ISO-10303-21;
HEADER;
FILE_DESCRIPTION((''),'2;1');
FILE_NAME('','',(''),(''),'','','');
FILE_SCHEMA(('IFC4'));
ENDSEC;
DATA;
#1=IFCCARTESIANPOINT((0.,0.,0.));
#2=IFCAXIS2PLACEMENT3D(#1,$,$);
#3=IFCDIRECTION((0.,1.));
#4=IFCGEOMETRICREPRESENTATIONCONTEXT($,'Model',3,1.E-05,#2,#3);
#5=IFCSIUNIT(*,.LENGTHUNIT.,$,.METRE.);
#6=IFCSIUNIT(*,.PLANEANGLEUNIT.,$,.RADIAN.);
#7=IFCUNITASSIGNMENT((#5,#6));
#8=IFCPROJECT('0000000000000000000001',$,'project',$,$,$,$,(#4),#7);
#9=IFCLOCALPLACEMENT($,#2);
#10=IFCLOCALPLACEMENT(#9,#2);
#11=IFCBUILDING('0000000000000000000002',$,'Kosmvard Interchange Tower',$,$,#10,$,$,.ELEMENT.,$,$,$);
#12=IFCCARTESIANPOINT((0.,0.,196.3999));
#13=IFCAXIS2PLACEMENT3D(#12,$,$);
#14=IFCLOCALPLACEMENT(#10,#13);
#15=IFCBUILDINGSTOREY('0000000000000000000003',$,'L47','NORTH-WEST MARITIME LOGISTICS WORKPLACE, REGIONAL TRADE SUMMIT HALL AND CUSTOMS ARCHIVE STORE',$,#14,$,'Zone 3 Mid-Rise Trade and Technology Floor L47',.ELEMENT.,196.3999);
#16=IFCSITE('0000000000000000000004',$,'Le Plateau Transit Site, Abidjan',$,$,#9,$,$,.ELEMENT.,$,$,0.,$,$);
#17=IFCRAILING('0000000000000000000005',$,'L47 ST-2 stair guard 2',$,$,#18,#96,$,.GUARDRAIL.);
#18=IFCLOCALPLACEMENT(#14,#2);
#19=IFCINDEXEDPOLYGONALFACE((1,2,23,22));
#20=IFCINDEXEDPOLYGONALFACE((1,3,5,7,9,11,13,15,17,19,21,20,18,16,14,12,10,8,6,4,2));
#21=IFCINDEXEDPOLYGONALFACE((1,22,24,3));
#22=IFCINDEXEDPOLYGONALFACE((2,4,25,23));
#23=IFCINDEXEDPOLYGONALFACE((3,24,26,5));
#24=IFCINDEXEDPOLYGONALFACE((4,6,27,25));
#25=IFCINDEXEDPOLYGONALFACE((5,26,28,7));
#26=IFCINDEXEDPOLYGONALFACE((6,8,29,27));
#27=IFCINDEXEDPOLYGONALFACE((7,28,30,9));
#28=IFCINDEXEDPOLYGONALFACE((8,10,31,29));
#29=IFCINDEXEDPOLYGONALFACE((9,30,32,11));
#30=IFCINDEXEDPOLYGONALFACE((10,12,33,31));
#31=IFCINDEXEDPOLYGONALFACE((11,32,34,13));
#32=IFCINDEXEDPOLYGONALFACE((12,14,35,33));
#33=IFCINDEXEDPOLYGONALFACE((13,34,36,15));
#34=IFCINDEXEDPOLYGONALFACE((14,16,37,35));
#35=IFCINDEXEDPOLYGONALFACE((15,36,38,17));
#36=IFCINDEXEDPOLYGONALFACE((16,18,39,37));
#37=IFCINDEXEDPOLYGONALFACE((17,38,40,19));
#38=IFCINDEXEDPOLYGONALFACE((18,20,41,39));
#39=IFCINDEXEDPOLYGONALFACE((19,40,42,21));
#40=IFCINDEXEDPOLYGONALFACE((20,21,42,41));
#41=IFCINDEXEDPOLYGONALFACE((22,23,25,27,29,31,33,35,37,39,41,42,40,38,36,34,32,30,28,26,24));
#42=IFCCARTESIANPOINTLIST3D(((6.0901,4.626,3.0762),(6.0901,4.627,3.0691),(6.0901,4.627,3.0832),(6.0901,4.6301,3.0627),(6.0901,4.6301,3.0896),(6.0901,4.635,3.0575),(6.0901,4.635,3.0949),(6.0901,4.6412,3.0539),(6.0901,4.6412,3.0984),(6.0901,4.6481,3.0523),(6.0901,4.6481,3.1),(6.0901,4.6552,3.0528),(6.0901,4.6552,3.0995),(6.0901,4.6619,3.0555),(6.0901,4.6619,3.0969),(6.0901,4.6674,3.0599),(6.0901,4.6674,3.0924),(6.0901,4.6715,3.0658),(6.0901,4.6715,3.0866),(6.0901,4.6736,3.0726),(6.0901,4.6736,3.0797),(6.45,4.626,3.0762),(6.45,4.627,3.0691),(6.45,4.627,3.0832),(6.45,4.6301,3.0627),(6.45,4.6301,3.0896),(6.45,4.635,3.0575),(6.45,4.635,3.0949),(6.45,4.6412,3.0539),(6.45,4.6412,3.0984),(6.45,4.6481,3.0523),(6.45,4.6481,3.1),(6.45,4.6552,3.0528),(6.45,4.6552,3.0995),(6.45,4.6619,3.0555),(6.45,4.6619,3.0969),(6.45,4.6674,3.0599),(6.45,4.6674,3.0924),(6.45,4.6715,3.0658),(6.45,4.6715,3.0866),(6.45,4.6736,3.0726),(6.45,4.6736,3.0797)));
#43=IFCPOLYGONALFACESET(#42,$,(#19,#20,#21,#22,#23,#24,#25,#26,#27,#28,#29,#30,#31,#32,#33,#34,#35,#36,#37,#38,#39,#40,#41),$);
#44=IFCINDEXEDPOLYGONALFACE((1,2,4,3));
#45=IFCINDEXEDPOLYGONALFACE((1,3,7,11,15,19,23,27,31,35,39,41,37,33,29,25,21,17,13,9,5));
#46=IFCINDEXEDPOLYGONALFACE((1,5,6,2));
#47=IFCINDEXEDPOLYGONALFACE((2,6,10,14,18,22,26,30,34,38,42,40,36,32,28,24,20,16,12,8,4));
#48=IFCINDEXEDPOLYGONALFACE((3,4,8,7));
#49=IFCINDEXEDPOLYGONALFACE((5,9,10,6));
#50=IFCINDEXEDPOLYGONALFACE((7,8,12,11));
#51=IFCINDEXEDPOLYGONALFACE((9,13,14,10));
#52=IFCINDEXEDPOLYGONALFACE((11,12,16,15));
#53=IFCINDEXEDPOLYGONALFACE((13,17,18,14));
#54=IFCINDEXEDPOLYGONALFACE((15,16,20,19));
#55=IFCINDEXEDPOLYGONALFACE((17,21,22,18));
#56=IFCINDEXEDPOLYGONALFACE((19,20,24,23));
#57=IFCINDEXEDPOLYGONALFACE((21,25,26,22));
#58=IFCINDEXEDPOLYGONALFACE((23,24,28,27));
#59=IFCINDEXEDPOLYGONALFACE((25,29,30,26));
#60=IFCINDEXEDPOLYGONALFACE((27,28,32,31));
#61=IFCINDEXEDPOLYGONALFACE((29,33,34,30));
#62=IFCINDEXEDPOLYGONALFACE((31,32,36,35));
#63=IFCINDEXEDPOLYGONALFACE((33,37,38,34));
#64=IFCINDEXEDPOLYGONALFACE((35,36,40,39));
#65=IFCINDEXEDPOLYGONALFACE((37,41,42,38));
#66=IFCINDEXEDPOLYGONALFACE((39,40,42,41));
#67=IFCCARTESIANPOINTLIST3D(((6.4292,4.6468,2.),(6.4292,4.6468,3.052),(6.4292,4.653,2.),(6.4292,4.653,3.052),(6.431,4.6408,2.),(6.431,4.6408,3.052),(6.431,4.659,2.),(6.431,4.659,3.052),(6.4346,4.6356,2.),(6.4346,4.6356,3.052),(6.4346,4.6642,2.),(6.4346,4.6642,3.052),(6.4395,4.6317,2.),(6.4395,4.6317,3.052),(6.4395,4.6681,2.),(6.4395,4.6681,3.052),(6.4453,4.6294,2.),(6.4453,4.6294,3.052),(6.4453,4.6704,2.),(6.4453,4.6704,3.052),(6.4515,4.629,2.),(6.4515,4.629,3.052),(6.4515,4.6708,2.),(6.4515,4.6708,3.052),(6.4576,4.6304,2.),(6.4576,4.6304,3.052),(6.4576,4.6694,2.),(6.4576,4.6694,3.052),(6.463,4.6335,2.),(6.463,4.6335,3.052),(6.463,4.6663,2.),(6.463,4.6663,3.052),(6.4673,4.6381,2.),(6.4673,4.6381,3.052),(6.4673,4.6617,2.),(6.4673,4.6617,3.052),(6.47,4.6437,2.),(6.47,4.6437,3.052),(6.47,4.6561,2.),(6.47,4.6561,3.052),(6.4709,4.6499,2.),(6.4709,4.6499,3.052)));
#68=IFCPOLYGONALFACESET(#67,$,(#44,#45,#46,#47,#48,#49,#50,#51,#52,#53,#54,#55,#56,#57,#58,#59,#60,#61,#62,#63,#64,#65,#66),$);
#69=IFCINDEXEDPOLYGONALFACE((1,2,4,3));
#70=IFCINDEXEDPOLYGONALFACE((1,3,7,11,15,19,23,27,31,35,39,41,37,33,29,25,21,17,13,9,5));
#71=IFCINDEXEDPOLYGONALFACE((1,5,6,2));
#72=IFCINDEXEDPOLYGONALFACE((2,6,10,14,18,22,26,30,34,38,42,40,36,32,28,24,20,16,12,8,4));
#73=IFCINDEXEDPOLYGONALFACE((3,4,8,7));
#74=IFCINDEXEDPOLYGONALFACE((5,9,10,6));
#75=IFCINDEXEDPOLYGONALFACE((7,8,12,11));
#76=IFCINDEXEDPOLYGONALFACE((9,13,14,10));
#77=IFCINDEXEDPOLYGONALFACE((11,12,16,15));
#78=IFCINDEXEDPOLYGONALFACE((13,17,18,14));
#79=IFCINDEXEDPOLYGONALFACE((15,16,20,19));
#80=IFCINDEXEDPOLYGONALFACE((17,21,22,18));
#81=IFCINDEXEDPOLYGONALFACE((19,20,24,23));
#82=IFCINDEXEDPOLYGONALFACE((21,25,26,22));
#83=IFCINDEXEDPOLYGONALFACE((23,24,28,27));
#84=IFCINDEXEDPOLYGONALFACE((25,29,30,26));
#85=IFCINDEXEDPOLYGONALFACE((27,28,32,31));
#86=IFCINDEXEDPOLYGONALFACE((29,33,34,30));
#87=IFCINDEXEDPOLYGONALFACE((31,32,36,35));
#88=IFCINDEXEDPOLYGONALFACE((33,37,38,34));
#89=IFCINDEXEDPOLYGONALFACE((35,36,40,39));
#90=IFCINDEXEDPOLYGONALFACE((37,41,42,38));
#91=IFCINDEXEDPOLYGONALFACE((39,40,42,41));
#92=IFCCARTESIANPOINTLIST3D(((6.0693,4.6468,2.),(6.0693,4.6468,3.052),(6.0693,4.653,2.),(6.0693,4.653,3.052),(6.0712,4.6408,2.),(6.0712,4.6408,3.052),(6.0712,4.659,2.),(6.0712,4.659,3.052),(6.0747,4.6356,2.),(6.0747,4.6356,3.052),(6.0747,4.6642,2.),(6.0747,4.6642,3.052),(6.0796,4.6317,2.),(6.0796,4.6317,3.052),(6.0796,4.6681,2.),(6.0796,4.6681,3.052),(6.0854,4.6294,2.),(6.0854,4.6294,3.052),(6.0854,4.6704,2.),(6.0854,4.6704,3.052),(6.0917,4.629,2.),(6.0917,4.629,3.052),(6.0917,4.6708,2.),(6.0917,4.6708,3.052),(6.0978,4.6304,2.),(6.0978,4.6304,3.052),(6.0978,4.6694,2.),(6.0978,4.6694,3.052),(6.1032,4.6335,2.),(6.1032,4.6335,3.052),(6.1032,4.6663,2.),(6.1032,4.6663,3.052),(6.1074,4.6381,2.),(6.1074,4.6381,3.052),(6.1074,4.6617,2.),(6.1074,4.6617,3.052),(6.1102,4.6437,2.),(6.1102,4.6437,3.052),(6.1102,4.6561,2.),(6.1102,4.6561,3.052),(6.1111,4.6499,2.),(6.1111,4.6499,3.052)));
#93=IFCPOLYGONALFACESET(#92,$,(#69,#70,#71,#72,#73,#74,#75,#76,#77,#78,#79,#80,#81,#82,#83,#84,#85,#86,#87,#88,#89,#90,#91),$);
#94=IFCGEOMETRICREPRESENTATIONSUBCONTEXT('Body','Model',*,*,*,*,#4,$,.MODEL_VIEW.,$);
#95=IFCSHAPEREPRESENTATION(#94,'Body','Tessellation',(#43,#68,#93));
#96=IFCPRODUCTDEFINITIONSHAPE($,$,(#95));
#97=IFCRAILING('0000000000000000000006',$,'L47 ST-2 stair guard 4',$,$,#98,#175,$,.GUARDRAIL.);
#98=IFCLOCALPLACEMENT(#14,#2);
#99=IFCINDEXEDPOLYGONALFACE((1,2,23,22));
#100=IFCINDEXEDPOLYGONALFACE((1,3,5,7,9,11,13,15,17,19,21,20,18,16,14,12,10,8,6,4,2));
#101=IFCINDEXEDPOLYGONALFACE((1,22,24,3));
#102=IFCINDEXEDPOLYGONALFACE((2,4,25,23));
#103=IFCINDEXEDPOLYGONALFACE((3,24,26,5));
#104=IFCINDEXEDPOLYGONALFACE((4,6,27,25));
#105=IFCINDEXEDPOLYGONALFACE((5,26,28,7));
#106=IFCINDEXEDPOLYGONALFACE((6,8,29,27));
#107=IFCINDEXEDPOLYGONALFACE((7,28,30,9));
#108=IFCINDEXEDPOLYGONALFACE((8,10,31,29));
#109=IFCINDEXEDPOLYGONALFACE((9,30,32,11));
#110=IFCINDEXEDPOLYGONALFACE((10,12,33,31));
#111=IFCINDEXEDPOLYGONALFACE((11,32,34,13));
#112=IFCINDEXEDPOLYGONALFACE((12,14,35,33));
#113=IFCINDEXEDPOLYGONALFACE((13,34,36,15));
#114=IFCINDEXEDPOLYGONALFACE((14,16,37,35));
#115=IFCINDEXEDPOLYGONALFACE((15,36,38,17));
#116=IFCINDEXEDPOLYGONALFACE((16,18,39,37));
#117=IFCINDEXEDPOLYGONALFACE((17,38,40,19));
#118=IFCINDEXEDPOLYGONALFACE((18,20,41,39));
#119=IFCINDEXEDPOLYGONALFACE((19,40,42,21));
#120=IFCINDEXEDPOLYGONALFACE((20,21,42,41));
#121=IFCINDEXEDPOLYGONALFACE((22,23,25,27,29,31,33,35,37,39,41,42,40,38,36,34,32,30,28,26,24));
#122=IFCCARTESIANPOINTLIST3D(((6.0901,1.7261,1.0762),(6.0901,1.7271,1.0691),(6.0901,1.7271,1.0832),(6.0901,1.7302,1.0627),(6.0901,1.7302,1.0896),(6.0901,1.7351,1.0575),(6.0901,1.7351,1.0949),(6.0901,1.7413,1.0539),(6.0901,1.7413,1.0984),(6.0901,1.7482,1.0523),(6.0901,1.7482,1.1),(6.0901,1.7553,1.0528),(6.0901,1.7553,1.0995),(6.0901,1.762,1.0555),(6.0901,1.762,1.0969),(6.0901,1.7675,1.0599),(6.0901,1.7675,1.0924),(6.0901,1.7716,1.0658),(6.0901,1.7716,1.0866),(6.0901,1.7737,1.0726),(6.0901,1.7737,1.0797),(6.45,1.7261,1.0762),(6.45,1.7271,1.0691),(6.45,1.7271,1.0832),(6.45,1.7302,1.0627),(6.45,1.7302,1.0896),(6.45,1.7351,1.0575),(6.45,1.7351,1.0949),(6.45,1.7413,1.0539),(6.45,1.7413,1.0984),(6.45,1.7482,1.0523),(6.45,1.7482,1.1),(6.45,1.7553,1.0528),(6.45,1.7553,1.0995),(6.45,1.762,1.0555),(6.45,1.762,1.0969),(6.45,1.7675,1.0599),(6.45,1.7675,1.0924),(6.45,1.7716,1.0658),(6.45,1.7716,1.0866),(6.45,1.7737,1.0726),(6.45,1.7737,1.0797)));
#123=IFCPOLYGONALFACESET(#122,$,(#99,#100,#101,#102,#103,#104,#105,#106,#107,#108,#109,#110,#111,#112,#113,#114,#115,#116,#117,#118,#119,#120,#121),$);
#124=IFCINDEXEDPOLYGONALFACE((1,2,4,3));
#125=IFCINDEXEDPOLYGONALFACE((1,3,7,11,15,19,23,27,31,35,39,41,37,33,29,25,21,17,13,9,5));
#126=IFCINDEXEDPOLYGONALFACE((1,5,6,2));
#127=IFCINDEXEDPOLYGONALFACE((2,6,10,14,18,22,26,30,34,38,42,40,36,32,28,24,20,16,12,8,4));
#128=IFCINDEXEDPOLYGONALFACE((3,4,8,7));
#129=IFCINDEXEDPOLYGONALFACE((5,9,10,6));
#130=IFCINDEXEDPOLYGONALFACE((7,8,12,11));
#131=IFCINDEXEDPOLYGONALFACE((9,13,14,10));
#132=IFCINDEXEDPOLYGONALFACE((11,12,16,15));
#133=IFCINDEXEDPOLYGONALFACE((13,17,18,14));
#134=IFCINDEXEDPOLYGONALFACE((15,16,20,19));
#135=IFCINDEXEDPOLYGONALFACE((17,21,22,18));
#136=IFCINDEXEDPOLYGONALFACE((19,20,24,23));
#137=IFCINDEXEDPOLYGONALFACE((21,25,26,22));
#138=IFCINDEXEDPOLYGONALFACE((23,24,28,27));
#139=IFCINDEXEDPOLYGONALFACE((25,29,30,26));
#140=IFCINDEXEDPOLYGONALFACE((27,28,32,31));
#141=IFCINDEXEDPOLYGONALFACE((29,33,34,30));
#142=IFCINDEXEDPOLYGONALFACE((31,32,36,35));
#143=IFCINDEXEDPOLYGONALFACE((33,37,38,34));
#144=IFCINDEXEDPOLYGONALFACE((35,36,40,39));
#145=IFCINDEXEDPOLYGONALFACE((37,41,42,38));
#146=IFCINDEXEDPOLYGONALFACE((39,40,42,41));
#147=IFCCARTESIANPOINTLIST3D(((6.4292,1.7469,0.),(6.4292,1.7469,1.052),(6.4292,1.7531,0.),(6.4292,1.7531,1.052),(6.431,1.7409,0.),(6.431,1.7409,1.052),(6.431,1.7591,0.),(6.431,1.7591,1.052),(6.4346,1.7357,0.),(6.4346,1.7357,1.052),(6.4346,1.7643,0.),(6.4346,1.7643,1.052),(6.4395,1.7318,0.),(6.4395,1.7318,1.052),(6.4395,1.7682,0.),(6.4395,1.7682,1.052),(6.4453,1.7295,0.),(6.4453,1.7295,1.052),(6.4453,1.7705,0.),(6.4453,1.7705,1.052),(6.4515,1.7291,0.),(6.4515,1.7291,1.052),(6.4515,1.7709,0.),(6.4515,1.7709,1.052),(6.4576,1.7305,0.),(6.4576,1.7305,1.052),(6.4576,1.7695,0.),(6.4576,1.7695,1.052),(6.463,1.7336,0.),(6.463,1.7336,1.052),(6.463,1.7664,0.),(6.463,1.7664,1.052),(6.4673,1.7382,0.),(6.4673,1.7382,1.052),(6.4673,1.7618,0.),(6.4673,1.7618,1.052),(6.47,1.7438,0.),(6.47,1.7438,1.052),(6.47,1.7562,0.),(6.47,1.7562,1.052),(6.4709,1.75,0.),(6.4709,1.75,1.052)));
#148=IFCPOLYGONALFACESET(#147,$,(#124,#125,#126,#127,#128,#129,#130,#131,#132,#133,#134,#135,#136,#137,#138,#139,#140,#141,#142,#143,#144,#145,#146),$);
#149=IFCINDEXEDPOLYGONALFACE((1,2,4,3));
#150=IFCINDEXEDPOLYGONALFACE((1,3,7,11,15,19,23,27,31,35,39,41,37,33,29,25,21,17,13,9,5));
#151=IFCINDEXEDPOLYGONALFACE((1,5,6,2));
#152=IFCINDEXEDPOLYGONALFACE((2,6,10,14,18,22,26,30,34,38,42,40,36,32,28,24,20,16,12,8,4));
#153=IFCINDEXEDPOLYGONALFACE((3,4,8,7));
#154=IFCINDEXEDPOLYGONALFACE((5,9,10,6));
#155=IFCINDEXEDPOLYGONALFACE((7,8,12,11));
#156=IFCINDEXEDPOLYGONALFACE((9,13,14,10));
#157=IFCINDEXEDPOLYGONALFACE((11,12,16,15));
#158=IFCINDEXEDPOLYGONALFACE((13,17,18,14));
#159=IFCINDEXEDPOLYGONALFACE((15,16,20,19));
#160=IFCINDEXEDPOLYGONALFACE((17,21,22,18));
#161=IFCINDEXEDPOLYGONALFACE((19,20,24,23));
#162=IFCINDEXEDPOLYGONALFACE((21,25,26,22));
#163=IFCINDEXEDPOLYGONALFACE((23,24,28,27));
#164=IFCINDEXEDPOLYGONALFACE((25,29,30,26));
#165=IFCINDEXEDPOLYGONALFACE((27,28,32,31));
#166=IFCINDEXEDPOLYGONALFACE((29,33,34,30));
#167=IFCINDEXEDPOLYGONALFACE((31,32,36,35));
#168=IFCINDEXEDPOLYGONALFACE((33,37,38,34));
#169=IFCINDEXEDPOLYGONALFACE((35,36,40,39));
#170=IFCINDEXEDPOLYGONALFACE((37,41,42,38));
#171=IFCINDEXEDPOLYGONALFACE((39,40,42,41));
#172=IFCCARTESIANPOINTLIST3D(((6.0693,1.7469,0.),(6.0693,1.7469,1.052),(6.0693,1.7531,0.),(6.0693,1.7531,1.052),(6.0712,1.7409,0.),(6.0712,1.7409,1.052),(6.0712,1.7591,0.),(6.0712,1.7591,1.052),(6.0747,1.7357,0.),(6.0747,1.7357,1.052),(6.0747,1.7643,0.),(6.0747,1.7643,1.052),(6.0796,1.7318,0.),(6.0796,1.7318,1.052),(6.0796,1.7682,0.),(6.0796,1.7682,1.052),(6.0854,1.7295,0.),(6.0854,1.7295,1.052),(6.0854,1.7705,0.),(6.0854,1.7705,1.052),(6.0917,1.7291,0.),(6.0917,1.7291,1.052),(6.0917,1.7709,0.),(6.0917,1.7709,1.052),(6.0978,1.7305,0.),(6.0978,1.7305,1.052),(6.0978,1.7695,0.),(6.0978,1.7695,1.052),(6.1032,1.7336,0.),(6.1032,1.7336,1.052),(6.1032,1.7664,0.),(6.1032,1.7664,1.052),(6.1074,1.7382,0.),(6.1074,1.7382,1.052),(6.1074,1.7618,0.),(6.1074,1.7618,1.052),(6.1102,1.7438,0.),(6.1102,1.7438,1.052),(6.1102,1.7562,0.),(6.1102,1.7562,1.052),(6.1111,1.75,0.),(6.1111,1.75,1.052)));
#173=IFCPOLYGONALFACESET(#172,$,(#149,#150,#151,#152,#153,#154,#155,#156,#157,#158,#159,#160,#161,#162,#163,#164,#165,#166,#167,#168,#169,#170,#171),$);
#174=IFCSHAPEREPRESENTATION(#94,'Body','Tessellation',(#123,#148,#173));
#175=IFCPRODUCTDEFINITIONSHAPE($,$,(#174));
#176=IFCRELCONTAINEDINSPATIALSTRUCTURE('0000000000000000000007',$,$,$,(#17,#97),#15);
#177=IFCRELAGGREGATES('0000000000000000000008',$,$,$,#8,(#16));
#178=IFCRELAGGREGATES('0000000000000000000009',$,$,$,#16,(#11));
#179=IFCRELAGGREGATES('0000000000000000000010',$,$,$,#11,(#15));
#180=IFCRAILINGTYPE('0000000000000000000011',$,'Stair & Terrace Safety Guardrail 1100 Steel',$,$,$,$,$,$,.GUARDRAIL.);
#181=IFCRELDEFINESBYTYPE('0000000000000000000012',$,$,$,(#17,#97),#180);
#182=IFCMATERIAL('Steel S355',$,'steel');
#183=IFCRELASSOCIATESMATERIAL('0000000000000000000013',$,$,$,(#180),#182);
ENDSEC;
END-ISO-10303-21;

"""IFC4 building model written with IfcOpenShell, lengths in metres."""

from ifc_helpers import new_model, si_unit, direction, frame, origin, origin_2d, place, context, subcontext, project, spatial, circle, extrude, source, transform, mapped, material, type_object, element, save


model = new_model("IFC4")

# Units and contexts
model_context = context("Model", 3, precision=1e-05, world=origin(), true_north=direction((0.0, 1.0)))
body_context = subcontext(model_context, "Body", "Model", "MODEL_VIEW")
ifc_project = project(units=[si_unit("LENGTHUNIT", "METRE"), si_unit("PLANEANGLEUNIT", "RADIAN")], contexts=[model_context])

# Site, building, storey
site_placement = place(None, origin())
site = spatial("IfcSite", under=ifc_project, at=site_placement, Name="Le Plateau Transit Site, Abidjan", CompositionType="ELEMENT", RefElevation=0.0)
building_placement = place(site_placement, origin())
building = spatial("IfcBuilding", under=site, at=building_placement, Name="Kosmvard Interchange Tower", CompositionType="ELEMENT")
storey_placement = place(building_placement, frame((0.0, 0.0, 196.3999)))
storey = spatial("IfcBuildingStorey", under=building, at=storey_placement, Name="L47", Description="NORTH-WEST MARITIME LOGISTICS WORKPLACE, REGIONAL TRADE SUMMIT HALL AND CUSTOMS ARCHIVE STORE", LongName="Zone 3 Mid-Rise Trade and Technology Floor L47", CompositionType="ELEMENT", Elevation=196.3999)

# Railings
ifc_material_1 = material(Name="Steel S355", Category="steel")
railing_type_1 = type_object("IfcRailingType", Name="Stair & Terrace Safety Guardrail 1100 Steel", PredefinedType="GUARDRAIL", material=ifc_material_1)
shared_shape_1 = source(origin(), body_context, "Body", "SweptSolid", [
    extrude(circle(Radius=0.0239, at=origin_2d()), frame((0.0, 0.0, 1.0762), z_axis=(-1.0, 0.0, 0.0), x_axis=(0.0, -1.0, 0.0)), (0.0, 0.0, 1.0), 0.3599),
    extrude(circle(Radius=0.021, at=origin_2d()), origin(), (0.0, 0.0, 1.0), 1.052),
    extrude(circle(Radius=0.021, at=origin_2d()), frame((-0.3599, 0.0, 0.0)), (0.0, 0.0, 1.0), 1.052),
])
for number, where, name in (
    (1, (6.45, 4.6499, 2.0), "L47 ST-2 stair guard 2"),
    (2, (6.45, 1.75, 0.0), "L47 ST-2 stair guard 4"),
):
    element("IfcRailing", number, at=place(storey_placement, frame(where)), inside=storey, type_object=railing_type_1, Name=name, PredefinedType="GUARDRAIL", context=body_context, shape_type="MappedRepresentation", body=[
        mapped(shared_shape_1, transform((0.0, 0.0, 0.0), scale=1.0)),
    ])

save(model, "model.ifc")
